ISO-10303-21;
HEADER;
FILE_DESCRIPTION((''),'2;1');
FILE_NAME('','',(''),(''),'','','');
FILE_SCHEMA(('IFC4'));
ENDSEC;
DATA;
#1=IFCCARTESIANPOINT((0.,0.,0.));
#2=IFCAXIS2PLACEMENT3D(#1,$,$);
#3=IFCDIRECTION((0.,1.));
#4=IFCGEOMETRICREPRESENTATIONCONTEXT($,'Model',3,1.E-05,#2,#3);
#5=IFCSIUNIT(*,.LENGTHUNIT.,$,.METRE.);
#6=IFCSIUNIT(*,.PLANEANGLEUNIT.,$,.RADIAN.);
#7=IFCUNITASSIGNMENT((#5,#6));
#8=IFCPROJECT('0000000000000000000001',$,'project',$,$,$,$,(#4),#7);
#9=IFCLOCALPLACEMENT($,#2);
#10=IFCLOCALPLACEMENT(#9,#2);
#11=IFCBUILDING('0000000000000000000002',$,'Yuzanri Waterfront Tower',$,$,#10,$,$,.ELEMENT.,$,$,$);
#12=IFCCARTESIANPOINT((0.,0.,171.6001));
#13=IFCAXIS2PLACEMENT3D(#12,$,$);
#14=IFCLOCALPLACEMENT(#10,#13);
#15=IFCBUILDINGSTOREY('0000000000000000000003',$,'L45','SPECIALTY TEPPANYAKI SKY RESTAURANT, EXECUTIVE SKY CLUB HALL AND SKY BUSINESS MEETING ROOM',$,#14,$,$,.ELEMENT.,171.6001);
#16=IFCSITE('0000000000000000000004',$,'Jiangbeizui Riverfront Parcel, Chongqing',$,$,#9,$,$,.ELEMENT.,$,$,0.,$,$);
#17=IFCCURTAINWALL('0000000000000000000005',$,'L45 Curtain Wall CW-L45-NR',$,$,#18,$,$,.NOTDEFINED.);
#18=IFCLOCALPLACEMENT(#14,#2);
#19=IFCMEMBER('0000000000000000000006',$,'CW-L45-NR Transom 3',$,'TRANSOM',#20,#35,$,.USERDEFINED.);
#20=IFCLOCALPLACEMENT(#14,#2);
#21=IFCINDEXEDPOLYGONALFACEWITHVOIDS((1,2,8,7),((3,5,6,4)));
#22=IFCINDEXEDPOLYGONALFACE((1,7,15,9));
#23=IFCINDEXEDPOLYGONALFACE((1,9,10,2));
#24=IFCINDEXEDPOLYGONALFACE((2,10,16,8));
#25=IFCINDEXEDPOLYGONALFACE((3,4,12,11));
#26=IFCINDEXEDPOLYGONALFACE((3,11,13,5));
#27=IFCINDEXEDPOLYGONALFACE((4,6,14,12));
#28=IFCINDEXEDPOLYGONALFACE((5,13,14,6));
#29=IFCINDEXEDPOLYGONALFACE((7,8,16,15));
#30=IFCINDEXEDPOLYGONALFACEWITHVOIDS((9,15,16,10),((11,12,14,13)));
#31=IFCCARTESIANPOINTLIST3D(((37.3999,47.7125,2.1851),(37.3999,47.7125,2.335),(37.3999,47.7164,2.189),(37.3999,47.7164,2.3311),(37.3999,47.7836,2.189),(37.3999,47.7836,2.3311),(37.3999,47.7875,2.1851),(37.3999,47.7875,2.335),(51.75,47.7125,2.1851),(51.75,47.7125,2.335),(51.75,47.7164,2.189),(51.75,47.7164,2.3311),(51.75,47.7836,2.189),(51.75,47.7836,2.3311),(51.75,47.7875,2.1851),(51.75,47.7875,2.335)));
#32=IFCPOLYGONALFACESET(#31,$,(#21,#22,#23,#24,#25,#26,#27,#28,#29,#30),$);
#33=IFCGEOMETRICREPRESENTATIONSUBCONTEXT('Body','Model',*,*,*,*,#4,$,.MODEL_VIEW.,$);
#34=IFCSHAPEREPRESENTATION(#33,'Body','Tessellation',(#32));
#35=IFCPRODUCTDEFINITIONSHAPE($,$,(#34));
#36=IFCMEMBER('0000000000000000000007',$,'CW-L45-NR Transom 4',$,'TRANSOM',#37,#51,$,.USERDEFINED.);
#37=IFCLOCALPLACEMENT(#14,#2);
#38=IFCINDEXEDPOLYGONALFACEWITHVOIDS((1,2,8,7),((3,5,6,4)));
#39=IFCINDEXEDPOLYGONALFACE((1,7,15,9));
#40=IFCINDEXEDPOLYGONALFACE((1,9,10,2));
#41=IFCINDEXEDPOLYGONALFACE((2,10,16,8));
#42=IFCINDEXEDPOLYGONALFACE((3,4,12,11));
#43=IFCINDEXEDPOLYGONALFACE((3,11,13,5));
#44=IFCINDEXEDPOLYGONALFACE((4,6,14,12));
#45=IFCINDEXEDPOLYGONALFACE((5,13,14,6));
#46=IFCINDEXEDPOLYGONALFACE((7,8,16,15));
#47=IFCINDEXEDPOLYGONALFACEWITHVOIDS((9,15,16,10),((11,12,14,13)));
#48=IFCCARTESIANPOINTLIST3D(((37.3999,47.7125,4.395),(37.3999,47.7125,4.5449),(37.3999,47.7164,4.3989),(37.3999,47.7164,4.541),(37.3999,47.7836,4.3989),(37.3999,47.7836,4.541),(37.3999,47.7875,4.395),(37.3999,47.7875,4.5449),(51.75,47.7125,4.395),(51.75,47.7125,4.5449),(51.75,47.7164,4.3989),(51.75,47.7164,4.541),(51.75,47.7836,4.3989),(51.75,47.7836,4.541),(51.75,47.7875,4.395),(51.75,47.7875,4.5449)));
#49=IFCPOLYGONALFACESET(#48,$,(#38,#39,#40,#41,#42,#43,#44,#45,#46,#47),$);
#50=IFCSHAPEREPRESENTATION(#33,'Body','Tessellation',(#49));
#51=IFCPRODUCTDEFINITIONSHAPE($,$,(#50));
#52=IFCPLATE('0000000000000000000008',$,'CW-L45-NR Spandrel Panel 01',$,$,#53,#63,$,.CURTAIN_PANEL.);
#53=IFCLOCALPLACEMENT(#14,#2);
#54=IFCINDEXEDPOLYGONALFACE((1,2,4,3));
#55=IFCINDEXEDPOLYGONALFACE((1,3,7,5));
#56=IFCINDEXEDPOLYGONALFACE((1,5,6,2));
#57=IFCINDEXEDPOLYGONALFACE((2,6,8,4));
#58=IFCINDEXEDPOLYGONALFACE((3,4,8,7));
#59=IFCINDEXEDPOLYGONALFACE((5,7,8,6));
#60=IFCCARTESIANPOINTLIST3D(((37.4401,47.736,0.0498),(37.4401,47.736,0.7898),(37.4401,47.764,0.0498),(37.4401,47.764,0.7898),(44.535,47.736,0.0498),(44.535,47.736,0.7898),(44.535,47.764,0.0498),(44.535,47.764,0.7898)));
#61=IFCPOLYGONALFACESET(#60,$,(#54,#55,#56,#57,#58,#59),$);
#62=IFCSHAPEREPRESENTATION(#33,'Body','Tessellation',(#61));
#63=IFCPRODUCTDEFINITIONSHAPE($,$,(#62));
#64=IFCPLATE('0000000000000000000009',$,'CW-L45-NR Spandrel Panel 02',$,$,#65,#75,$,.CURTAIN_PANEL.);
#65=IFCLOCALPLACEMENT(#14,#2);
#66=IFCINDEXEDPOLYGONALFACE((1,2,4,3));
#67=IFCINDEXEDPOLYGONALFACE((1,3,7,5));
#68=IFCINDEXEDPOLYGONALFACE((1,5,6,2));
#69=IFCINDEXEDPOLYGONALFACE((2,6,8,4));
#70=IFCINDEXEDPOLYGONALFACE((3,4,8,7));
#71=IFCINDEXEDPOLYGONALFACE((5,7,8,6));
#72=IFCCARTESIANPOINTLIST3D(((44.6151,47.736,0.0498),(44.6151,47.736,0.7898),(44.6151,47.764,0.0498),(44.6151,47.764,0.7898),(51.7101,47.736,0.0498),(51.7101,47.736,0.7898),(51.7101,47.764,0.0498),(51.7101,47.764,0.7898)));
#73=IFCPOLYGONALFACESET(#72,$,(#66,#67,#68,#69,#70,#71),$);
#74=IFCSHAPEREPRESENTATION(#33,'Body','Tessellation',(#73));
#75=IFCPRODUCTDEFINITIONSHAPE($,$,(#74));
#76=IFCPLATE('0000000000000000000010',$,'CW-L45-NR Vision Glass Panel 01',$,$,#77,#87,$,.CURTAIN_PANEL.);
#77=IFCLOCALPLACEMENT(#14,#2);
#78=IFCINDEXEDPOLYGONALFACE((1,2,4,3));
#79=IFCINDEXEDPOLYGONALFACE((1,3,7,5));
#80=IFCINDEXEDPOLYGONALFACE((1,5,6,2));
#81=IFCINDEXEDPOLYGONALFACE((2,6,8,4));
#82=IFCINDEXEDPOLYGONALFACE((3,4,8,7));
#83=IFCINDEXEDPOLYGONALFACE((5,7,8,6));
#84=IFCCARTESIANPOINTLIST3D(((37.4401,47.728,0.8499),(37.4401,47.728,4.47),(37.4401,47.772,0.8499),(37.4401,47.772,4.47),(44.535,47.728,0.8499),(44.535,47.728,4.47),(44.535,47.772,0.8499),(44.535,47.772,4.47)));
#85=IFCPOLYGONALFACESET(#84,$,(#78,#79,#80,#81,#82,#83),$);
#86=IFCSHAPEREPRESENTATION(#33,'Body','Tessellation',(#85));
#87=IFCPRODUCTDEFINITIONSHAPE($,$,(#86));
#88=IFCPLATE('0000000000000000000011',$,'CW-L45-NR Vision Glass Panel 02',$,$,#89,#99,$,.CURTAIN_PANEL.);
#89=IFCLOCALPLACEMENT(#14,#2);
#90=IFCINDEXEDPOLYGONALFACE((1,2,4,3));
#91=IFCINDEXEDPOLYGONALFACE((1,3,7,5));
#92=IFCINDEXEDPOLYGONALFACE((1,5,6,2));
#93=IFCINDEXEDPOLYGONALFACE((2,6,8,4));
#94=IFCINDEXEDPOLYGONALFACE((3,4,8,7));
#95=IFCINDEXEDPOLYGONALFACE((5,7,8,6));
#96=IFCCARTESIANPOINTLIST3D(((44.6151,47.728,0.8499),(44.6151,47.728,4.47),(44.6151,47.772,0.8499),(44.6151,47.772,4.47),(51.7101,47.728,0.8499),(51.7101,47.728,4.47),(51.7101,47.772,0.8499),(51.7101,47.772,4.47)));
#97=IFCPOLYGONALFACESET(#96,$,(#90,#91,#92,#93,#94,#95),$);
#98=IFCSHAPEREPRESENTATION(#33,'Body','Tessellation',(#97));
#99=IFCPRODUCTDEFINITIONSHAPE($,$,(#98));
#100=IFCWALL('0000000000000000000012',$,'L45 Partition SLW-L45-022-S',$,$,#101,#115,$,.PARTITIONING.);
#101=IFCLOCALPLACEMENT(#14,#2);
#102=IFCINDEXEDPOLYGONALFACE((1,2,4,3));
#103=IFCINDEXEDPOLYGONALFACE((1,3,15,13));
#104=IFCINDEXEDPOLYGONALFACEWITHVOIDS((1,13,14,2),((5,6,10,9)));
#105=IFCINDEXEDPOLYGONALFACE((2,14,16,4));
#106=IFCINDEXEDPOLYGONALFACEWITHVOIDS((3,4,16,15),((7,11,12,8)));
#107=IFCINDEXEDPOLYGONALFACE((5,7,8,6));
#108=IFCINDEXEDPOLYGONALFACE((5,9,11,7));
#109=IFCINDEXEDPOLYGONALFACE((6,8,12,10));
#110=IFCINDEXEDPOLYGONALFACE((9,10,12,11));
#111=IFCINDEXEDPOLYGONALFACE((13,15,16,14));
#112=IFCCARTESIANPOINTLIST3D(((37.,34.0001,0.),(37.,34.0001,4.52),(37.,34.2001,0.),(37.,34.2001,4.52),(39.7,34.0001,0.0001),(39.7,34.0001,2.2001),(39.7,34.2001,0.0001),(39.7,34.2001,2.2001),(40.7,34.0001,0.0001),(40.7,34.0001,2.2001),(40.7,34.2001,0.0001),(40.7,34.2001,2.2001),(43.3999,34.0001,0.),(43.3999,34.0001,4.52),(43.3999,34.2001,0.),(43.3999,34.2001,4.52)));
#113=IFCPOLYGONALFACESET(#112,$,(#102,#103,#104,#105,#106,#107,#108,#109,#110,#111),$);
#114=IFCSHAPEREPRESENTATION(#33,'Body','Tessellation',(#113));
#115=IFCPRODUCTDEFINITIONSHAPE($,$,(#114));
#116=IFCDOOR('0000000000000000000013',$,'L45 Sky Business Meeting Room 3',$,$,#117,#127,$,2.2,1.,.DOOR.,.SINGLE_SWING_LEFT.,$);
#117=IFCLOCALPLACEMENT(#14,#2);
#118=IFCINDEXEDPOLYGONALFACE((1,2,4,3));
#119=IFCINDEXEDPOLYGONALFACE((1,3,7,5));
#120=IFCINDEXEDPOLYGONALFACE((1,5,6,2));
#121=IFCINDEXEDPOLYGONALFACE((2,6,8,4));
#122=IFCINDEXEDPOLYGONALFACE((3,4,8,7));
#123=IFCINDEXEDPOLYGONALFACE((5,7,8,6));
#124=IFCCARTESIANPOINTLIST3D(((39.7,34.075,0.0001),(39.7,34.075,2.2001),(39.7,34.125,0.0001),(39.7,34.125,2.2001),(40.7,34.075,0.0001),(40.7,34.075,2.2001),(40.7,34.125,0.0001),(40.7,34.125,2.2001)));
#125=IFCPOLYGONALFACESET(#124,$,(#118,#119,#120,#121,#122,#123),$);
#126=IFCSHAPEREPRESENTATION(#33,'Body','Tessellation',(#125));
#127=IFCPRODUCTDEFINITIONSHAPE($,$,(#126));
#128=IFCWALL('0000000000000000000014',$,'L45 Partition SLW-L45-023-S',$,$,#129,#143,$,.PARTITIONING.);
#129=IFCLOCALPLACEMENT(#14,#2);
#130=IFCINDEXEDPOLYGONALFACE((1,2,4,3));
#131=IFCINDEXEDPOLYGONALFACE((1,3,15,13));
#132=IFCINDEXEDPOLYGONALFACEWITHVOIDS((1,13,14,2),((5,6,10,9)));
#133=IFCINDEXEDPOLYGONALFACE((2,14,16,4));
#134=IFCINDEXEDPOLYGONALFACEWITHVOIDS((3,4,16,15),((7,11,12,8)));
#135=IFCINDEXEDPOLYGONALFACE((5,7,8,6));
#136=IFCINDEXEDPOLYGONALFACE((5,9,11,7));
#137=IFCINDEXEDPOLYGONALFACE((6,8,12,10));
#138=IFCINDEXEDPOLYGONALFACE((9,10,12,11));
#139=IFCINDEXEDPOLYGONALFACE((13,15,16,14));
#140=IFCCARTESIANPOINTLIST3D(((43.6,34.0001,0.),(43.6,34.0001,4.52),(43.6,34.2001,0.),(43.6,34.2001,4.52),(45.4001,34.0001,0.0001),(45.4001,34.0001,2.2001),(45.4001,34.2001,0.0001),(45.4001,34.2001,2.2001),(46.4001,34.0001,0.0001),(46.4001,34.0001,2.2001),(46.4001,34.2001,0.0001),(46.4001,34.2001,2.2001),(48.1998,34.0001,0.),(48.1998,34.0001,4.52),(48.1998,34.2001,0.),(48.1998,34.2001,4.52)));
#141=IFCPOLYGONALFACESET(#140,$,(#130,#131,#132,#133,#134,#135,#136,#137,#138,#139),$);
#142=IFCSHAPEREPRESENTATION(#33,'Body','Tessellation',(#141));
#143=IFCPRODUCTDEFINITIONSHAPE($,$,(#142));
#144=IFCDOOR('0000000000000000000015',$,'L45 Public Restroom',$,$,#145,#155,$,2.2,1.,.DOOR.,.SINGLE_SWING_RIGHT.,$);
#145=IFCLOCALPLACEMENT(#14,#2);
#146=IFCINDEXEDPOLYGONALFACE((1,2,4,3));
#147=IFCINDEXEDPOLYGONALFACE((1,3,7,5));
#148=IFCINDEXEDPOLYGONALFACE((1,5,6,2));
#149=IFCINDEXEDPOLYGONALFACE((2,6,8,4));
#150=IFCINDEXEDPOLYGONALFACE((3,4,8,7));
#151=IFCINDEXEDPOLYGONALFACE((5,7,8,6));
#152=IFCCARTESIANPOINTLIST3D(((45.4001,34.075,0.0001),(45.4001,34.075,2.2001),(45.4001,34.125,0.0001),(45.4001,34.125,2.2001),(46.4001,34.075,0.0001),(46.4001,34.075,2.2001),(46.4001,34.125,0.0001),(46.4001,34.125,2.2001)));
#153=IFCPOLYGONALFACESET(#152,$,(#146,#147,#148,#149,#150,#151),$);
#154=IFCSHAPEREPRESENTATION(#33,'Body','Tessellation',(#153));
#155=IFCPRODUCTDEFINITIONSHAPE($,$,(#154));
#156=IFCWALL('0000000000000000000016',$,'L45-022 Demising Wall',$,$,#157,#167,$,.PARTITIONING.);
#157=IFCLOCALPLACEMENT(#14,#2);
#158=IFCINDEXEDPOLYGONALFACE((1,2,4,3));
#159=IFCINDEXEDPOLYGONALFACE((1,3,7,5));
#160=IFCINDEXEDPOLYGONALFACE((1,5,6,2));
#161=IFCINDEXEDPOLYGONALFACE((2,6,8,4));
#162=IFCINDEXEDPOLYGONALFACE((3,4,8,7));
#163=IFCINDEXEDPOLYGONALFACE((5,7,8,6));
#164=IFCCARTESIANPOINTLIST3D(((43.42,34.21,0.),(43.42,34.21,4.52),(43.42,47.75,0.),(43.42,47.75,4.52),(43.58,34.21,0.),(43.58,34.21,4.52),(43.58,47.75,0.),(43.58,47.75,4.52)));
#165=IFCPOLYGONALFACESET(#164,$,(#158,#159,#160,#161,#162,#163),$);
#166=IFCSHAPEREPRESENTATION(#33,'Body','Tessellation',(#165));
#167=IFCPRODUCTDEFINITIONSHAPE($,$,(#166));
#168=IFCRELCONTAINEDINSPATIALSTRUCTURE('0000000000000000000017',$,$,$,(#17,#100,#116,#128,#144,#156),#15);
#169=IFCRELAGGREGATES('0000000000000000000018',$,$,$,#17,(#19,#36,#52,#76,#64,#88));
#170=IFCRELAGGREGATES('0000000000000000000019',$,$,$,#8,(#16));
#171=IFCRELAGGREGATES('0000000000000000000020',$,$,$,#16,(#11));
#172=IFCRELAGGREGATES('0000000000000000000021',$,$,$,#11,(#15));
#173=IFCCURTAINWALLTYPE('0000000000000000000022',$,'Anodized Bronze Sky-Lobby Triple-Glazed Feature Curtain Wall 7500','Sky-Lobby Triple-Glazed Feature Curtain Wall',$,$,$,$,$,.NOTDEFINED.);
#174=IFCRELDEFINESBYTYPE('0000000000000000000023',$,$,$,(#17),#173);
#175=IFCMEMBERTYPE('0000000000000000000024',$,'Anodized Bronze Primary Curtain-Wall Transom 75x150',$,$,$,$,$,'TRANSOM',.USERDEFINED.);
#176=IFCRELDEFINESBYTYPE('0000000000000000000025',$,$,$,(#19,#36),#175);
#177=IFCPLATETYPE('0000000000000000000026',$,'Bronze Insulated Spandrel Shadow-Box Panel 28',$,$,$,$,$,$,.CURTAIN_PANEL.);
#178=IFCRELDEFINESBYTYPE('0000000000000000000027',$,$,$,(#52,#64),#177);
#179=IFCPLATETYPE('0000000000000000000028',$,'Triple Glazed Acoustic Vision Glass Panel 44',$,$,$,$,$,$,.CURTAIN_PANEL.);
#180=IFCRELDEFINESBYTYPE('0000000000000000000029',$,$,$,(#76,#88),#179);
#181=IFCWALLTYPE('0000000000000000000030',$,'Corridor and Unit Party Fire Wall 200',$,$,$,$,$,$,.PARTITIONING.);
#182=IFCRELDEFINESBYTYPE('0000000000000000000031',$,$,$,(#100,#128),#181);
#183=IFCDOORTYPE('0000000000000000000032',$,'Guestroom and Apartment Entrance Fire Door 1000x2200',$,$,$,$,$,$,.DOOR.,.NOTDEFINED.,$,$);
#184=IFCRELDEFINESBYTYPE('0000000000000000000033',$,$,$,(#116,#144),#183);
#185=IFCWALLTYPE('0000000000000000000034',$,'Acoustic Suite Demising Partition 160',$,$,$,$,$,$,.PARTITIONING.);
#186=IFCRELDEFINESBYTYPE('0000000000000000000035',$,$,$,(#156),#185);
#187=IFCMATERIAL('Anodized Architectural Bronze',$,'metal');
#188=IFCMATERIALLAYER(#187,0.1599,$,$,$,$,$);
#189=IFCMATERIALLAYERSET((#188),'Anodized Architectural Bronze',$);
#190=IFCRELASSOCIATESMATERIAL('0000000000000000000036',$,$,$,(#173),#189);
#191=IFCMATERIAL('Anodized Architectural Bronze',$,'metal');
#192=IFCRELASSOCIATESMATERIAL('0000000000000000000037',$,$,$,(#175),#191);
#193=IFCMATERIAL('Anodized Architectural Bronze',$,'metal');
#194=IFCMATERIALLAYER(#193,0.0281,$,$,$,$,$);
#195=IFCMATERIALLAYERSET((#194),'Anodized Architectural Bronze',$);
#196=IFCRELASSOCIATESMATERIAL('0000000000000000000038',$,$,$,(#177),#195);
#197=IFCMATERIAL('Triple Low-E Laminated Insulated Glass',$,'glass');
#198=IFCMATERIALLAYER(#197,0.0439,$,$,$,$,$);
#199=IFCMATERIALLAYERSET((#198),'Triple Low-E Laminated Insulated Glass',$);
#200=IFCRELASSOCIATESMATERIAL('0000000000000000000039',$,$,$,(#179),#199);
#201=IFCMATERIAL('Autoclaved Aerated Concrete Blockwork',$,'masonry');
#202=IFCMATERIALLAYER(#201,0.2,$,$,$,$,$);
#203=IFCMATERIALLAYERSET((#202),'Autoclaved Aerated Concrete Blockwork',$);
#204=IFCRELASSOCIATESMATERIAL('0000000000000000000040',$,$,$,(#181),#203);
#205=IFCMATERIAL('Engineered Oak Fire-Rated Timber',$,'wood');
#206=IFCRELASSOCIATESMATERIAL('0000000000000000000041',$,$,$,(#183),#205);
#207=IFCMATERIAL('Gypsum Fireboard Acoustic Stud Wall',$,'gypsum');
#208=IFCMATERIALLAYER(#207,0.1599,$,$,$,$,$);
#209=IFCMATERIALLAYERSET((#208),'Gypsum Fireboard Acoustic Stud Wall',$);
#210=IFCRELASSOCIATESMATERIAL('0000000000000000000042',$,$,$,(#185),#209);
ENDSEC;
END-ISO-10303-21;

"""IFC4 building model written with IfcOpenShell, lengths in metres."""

from ifc_helpers import new_model, si_unit, direction, frame, frame_2d, origin, origin_2d, place, context, subcontext, project, spatial, rectangle, hollow_rectangle, extrude, source, transform, mapped, material, layer, layer_set, material_profile, profile_set, type_object, element, fill, aggregate, save


model = new_model("IFC4")

# Units and contexts
model_context = context("Model", 3, precision=1e-05, world=origin(), true_north=direction((0.0, 1.0)))
body_context = subcontext(model_context, "Body", "Model", "MODEL_VIEW")
ifc_project = project(units=[si_unit("LENGTHUNIT", "METRE"), si_unit("PLANEANGLEUNIT", "RADIAN")], contexts=[model_context])

# Site, building, storey
site_placement = place(None, origin())
site = spatial("IfcSite", under=ifc_project, at=site_placement, Name="Jiangbeizui Riverfront Parcel, Chongqing", CompositionType="ELEMENT", RefElevation=0.0)
building_placement = place(site_placement, origin())
building = spatial("IfcBuilding", under=site, at=building_placement, Name="Yuzanri Waterfront Tower", CompositionType="ELEMENT")
storey_placement = place(building_placement, frame((0.0, 0.0, 171.6001)))
storey = spatial("IfcBuildingStorey", under=building, at=storey_placement, Name="L45", Description="SPECIALTY TEPPANYAKI SKY RESTAURANT, EXECUTIVE SKY CLUB HALL AND SKY BUSINESS MEETING ROOM", CompositionType="ELEMENT", Elevation=171.6001)

# Curtain wall, members, plates
ifc_material_1 = material(Name="Anodized Architectural Bronze", Category="metal")
ifc_layer_1 = layer(ifc_material_1, 0.1599)
ifc_layer_set_1 = layer_set([ifc_layer_1], Name="Anodized Architectural Bronze")
curtain_wall_type = type_object("IfcCurtainWallType", Name="Anodized Bronze Sky-Lobby Triple-Glazed Feature Curtain Wall 7500", Description="Sky-Lobby Triple-Glazed Feature Curtain Wall", PredefinedType="NOTDEFINED", material=ifc_layer_set_1)
curtain_wall_placement = place(storey_placement, origin())
curtain_wall = element("IfcCurtainWall", 1, at=curtain_wall_placement, inside=storey, type_object=curtain_wall_type, Name="L45 Curtain Wall CW-L45-NR", PredefinedType="NOTDEFINED")
ifc_material_2 = material(Name="Anodized Architectural Bronze", Category="metal")
ifc_material_profile_1 = material_profile(ifc_material_2, hollow_rectangle(XDim=0.075, YDim=0.1499, WallThickness=0.0039, at=origin_2d()), Name="CWT 75x150")
ifc_profile_set_1 = profile_set([ifc_material_profile_1], Name="Anodized Architectural Bronze")
member_type_1 = type_object("IfcMemberType", Name="Anodized Bronze Primary Curtain-Wall Transom 75x150", ElementType="TRANSOM", PredefinedType="USERDEFINED", material=ifc_profile_set_1)
shared_shape_1 = source(origin(), body_context, "Body", "SweptSolid", [
    extrude(hollow_rectangle(XDim=0.075, YDim=0.1499, WallThickness=0.0039, at=origin_2d()), origin(), (0.0, 0.0, 1.0), 14.3501),
])
member_1_placement = place(storey_placement, frame((37.3999, 47.75, 2.26), z_axis=(1.0, 0.0, 0.0), x_axis=(0.0, 1.0, 0.0)))
member_1 = element("IfcMember", 2, at=member_1_placement, type_object=member_type_1, Name="CW-L45-NR Transom 3", ObjectType="TRANSOM", PredefinedType="USERDEFINED", context=body_context, shape_type="MappedRepresentation", body=[
    mapped(shared_shape_1, transform((0.0, 0.0, 0.0), scale=1.0)),
])
member_2_placement = place(storey_placement, frame((37.3999, 47.75, 4.47), z_axis=(1.0, 0.0, 0.0), x_axis=(0.0, 1.0, 0.0)))
member_2 = element("IfcMember", 3, at=member_2_placement, type_object=member_type_1, Name="CW-L45-NR Transom 4", ObjectType="TRANSOM", PredefinedType="USERDEFINED", context=body_context, shape_type="MappedRepresentation", body=[
    mapped(shared_shape_1, transform((0.0, 0.0, 0.0), scale=1.0)),
])
ifc_material_3 = material(Name="Anodized Architectural Bronze", Category="metal")
ifc_layer_2 = layer(ifc_material_3, 0.0281)
ifc_layer_set_2 = layer_set([ifc_layer_2], Name="Anodized Architectural Bronze")
plate_type_1 = type_object("IfcPlateType", Name="Bronze Insulated Spandrel Shadow-Box Panel 28", PredefinedType="CURTAIN_PANEL", material=ifc_layer_set_2)
shared_shape_2 = source(origin(), body_context, "Body", "SweptSolid", [
    extrude(rectangle(XDim=7.095, YDim=0.0281, at=origin_2d()), origin(), (0.0, 0.0, 1.0), 0.74),
])
plate_1_placement = place(storey_placement, frame((40.9875, 47.75, 0.0498), z_axis=(0.0, 0.0, 1.0), x_axis=(1.0, 0.0, 0.0)))
plate_1 = element("IfcPlate", 4, at=plate_1_placement, type_object=plate_type_1, Name="CW-L45-NR Spandrel Panel 01", PredefinedType="CURTAIN_PANEL", context=body_context, shape_type="MappedRepresentation", body=[
    mapped(shared_shape_2, transform((0.0, 0.0, 0.0), scale=1.0)),
])
plate_2_placement = place(storey_placement, frame((48.1626, 47.75, 0.0498), z_axis=(0.0, 0.0, 1.0), x_axis=(1.0, 0.0, 0.0)))
plate_2 = element("IfcPlate", 5, at=plate_2_placement, type_object=plate_type_1, Name="CW-L45-NR Spandrel Panel 02", PredefinedType="CURTAIN_PANEL", context=body_context, shape_type="MappedRepresentation", body=[
    mapped(shared_shape_2, transform((0.0, 0.0, 0.0), scale=1.0)),
])
ifc_material_4 = material(Name="Triple Low-E Laminated Insulated Glass", Category="glass")
ifc_layer_3 = layer(ifc_material_4, 0.0439)
ifc_layer_set_3 = layer_set([ifc_layer_3], Name="Triple Low-E Laminated Insulated Glass")
plate_type_2 = type_object("IfcPlateType", Name="Triple Glazed Acoustic Vision Glass Panel 44", PredefinedType="CURTAIN_PANEL", material=ifc_layer_set_3)
shared_shape_3 = source(origin(), body_context, "Body", "SweptSolid", [
    extrude(rectangle(XDim=7.095, YDim=0.0439, at=origin_2d()), origin(), (0.0, 0.0, 1.0), 3.6201),
])
plate_3_placement = place(storey_placement, frame((40.9875, 47.75, 0.8499), z_axis=(0.0, 0.0, 1.0), x_axis=(1.0, 0.0, 0.0)))
plate_3 = element("IfcPlate", 6, at=plate_3_placement, type_object=plate_type_2, Name="CW-L45-NR Vision Glass Panel 01", PredefinedType="CURTAIN_PANEL", context=body_context, shape_type="MappedRepresentation", body=[
    mapped(shared_shape_3, transform((0.0, 0.0, 0.0), scale=1.0)),
])
plate_4_placement = place(storey_placement, frame((48.1626, 47.75, 0.8499), z_axis=(0.0, 0.0, 1.0), x_axis=(1.0, 0.0, 0.0)))
plate_4 = element("IfcPlate", 7, at=plate_4_placement, type_object=plate_type_2, Name="CW-L45-NR Vision Glass Panel 02", PredefinedType="CURTAIN_PANEL", context=body_context, shape_type="MappedRepresentation", body=[
    mapped(shared_shape_3, transform((0.0, 0.0, 0.0), scale=1.0)),
])
aggregate(curtain_wall, [member_1, member_2, plate_1, plate_3, plate_2, plate_4])

# Walls, openings, doors
ifc_material_5 = material(Name="Autoclaved Aerated Concrete Blockwork", Category="masonry")
ifc_layer_4 = layer(ifc_material_5, 0.2)
ifc_layer_set_4 = layer_set([ifc_layer_4], Name="Autoclaved Aerated Concrete Blockwork")
wall_type_1 = type_object("IfcWallType", Name="Corridor and Unit Party Fire Wall 200", PredefinedType="PARTITIONING", material=ifc_layer_set_4)
wall_1_placement = place(storey_placement, frame((37.0, 34.1001, 0.0), z_axis=(0.0, 0.0, 1.0), x_axis=(1.0, 0.0, 0.0)))
wall_1 = element("IfcWall", 8, at=wall_1_placement, inside=storey, type_object=wall_type_1, Name="L45 Partition SLW-L45-022-S", PredefinedType="PARTITIONING", context=body_context, shape_type="SweptSolid", body=[
    extrude(rectangle(XDim=6.3999, YDim=0.2, at=frame_2d((3.2, 0.0))), origin(), (0.0, 0.0, 1.0), 4.52),
])
opening_1_placement = place(wall_1_placement, frame((2.7, 0.0, 0.0)))
opening_1 = element("IfcOpeningElement", 9, at=opening_1_placement, cuts=wall_1, PredefinedType="OPENING", context=body_context, shape_type="SweptSolid", body=[
    extrude(rectangle(XDim=1.0, YDim=2.2, at=frame_2d((0.5, 1.1001))), frame((0.0, 0.1147, 0.0), z_axis=(0.0, -1.0, 0.0), x_axis=(1.0, 0.0, 0.0)), (0.0, 0.0, 1.0), 0.2297),
])
ifc_material_6 = material(Name="Engineered Oak Fire-Rated Timber", Category="wood")
door_type = type_object("IfcDoorType", Name="Guestroom and Apartment Entrance Fire Door 1000x2200", OperationType="NOTDEFINED", PredefinedType="DOOR", material=ifc_material_6)
shared_shape_4 = source(origin(), body_context, "Body", "SweptSolid", [
    extrude(rectangle(XDim=1.0, YDim=2.2, at=frame_2d((0.5, 1.1001))), frame((0.0, 0.0249, 0.0), z_axis=(0.0, -1.0, 0.0), x_axis=(1.0, 0.0, 0.0)), (0.0, 0.0, 1.0), 0.05),
])
door_1_placement = place(opening_1_placement, origin())
door_1 = element("IfcDoor", 10, at=door_1_placement, inside=storey, type_object=door_type, Name="L45 Sky Business Meeting Room 3", OperationType="SINGLE_SWING_LEFT", OverallHeight=2.2, OverallWidth=1.0, PredefinedType="DOOR", context=body_context, shape_type="MappedRepresentation", body=[
    mapped(shared_shape_4, transform((0.0, 0.0, 0.0), scale=1.0)),
])
fill(opening_1, door_1)
wall_2_placement = place(storey_placement, frame((43.6001, 34.1001, 0.0), z_axis=(0.0, 0.0, 1.0), x_axis=(1.0, 0.0, 0.0)))
wall_2 = element("IfcWall", 11, at=wall_2_placement, inside=storey, type_object=wall_type_1, Name="L45 Partition SLW-L45-023-S", PredefinedType="PARTITIONING", context=body_context, shape_type="SweptSolid", body=[
    extrude(rectangle(XDim=4.5999, YDim=0.2, at=frame_2d((2.2998, 0.0))), origin(), (0.0, 0.0, 1.0), 4.52),
])
opening_2_placement = place(wall_2_placement, frame((1.8, 0.0, 0.0)))
opening_2 = element("IfcOpeningElement", 12, at=opening_2_placement, cuts=wall_2, PredefinedType="OPENING", context=body_context, shape_type="SweptSolid", body=[
    extrude(rectangle(XDim=1.0, YDim=2.2, at=frame_2d((0.5, 1.1001))), frame((0.0, 0.1147, 0.0), z_axis=(0.0, -1.0, 0.0), x_axis=(1.0, 0.0, 0.0)), (0.0, 0.0, 1.0), 0.2297),
])
door_2_placement = place(opening_2_placement, origin())
door_2 = element("IfcDoor", 13, at=door_2_placement, inside=storey, type_object=door_type, Name="L45 Public Restroom", OperationType="SINGLE_SWING_RIGHT", OverallHeight=2.2, OverallWidth=1.0, PredefinedType="DOOR", context=body_context, shape_type="MappedRepresentation", body=[
    mapped(shared_shape_4, transform((0.0, 0.0, 0.0), scale=1.0)),
])
fill(opening_2, door_2)

# Wall
ifc_material_7 = material(Name="Gypsum Fireboard Acoustic Stud Wall", Category="gypsum")
ifc_layer_5 = layer(ifc_material_7, 0.1599)
ifc_layer_set_5 = layer_set([ifc_layer_5], Name="Gypsum Fireboard Acoustic Stud Wall")
wall_type_2 = type_object("IfcWallType", Name="Acoustic Suite Demising Partition 160", PredefinedType="PARTITIONING", material=ifc_layer_set_5)
shared_shape_5 = source(origin(), body_context, "Body", "SweptSolid", [
    extrude(rectangle(XDim=13.54, YDim=0.1599, at=frame_2d((6.77, 0.0))), origin(), (0.0, 0.0, 1.0), 4.52),
])
for number, where, z_axis, x_axis, name in (
    (14, (43.5, 34.21, 0.0), (0.0, 0.0, 1.0), (0.0, 1.0, 0.0), "L45-022 Demising Wall"),
):
    element("IfcWall", number, at=place(storey_placement, frame(where, z_axis=z_axis, x_axis=x_axis)), inside=storey, type_object=wall_type_2, Name=name, PredefinedType="PARTITIONING", context=body_context, shape_type="MappedRepresentation", body=[
        mapped(shared_shape_5, transform((0.0, 0.0, 0.0), scale=1.0)),
    ])

save(model, "model.ifc")
